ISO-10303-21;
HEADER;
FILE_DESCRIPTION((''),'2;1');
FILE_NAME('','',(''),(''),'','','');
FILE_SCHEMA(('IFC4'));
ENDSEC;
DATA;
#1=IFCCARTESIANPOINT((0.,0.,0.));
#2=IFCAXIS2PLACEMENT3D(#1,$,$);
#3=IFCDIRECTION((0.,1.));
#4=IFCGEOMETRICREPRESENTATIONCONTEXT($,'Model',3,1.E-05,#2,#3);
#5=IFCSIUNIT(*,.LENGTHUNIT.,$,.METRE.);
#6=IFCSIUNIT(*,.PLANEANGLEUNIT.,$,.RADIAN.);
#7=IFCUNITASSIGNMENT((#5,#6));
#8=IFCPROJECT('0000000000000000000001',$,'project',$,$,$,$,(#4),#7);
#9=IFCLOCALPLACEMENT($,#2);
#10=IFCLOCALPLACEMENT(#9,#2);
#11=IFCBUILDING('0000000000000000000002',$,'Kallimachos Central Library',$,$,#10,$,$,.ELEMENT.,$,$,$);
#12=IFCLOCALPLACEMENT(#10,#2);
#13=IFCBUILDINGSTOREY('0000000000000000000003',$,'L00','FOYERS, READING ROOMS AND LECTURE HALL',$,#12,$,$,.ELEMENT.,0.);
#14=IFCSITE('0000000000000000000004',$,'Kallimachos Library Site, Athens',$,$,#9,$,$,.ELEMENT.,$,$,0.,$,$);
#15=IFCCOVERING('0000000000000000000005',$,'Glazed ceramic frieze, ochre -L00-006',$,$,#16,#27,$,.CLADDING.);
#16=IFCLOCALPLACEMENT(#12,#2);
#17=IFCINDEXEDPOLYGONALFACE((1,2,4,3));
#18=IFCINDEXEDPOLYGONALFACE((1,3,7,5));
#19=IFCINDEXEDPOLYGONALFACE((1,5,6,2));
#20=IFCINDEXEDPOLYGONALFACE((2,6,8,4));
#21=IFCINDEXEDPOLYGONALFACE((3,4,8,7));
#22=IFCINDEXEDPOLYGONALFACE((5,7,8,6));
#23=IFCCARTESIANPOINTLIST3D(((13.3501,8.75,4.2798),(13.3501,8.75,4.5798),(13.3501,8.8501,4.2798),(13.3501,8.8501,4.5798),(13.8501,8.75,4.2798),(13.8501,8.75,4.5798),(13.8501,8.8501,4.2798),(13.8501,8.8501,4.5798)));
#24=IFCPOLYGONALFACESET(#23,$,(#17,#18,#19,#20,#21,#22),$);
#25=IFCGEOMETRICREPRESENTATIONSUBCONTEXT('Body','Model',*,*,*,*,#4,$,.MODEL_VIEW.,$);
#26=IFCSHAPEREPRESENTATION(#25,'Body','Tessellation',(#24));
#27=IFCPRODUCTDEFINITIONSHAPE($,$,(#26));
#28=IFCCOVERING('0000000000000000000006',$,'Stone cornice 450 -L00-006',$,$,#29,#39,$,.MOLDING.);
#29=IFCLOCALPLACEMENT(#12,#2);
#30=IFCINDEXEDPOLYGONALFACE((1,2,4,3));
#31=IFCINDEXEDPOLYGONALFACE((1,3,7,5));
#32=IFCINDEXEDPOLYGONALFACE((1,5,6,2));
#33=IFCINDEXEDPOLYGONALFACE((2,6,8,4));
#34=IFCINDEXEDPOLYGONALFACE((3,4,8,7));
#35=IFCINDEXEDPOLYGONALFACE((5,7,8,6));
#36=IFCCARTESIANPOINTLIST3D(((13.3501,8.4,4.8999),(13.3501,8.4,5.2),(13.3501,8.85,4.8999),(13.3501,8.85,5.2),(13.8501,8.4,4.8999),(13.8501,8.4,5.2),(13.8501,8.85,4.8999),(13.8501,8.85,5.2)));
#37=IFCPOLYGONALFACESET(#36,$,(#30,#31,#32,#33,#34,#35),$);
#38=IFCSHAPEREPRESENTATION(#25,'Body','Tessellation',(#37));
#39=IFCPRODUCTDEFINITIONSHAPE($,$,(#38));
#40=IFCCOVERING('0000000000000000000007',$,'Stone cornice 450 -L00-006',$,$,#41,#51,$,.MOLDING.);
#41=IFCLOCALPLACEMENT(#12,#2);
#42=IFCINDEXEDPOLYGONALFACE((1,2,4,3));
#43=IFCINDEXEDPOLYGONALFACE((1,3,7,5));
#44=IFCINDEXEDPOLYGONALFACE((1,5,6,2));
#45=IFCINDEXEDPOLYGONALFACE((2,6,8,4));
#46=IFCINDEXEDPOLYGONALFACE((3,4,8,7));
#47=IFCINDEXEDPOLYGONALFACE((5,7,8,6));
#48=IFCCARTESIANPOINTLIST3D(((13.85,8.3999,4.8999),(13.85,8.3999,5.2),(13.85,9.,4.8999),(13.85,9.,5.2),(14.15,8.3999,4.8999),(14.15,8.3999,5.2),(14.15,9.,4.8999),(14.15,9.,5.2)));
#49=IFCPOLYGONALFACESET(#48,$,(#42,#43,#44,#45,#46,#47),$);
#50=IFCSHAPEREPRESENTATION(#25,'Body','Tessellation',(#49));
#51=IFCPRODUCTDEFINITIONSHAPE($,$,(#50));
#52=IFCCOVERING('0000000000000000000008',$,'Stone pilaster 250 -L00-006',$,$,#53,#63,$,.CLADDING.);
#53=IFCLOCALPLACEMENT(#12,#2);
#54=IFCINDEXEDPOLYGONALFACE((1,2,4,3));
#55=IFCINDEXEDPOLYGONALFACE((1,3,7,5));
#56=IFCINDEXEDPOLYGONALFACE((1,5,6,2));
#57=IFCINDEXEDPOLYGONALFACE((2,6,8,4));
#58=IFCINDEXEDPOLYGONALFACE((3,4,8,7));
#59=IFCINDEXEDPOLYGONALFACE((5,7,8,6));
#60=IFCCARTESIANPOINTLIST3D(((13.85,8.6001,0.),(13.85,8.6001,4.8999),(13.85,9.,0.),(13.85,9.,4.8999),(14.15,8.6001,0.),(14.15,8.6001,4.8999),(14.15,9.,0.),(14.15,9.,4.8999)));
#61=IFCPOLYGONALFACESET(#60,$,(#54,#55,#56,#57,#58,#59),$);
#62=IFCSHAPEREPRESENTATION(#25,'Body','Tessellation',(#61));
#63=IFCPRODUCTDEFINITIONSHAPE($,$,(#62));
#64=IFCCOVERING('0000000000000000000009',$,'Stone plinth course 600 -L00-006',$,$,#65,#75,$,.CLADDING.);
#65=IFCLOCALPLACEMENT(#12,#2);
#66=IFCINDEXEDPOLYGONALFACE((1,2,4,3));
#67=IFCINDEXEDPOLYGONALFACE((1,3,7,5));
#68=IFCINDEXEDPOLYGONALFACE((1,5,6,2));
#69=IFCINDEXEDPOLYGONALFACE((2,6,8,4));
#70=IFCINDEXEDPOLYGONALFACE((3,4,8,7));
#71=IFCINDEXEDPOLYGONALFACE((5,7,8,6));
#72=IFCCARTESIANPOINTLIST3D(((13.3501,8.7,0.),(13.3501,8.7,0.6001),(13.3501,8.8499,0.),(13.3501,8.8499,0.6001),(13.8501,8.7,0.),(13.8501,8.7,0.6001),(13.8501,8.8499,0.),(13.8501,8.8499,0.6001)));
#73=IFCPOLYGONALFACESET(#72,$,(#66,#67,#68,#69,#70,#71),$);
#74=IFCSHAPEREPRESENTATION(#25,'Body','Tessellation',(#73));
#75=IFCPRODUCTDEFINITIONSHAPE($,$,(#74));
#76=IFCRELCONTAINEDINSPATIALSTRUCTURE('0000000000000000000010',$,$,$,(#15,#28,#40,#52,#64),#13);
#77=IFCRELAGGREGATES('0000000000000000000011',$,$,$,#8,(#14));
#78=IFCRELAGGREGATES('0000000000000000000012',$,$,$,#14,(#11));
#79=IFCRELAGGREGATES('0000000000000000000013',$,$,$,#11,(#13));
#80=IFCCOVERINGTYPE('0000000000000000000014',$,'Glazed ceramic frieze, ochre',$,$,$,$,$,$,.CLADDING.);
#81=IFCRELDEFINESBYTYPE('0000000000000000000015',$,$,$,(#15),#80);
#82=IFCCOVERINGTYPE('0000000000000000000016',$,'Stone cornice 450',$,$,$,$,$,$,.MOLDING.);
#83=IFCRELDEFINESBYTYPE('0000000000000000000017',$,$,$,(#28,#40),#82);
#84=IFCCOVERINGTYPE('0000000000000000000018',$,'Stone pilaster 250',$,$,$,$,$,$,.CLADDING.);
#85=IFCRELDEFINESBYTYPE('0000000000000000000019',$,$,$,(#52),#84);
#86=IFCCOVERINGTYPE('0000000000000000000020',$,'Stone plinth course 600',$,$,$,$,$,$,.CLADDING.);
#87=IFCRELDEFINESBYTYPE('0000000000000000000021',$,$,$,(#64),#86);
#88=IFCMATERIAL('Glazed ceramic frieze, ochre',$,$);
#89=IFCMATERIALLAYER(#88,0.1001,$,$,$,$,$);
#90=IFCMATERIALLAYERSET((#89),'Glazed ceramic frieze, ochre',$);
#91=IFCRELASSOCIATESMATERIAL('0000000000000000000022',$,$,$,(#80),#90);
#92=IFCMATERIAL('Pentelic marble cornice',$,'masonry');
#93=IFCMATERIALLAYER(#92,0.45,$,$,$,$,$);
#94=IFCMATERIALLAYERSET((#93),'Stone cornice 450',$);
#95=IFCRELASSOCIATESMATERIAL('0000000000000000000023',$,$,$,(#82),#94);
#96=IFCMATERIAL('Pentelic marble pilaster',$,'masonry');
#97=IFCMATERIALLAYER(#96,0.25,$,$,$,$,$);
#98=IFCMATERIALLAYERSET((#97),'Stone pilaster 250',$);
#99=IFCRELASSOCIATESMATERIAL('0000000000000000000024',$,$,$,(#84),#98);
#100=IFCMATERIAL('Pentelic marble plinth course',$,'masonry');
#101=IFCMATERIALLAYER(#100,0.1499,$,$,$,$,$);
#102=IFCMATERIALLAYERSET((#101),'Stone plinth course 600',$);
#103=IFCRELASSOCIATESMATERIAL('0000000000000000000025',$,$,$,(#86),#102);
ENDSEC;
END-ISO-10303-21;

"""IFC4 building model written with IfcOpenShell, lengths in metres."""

from ifc_helpers import new_model, si_unit, direction, frame, origin, origin_2d, place, context, subcontext, project, spatial, rectangle, extrude, material, layer, layer_set, type_object, element, save


model = new_model("IFC4")

# Units and contexts
model_context = context("Model", 3, precision=1e-05, world=origin(), true_north=direction((0.0, 1.0)))
body_context = subcontext(model_context, "Body", "Model", "MODEL_VIEW")
ifc_project = project(units=[si_unit("LENGTHUNIT", "METRE"), si_unit("PLANEANGLEUNIT", "RADIAN")], contexts=[model_context])

# Site, building, storey
site_placement = place(None, origin())
site = spatial("IfcSite", under=ifc_project, at=site_placement, Name="Kallimachos Library Site, Athens", CompositionType="ELEMENT", RefElevation=0.0)
building_placement = place(site_placement, origin())
building = spatial("IfcBuilding", under=site, at=building_placement, Name="Kallimachos Central Library", CompositionType="ELEMENT")
storey_placement = place(building_placement, origin())
storey = spatial("IfcBuildingStorey", under=building, at=storey_placement, Name="L00", Description="FOYERS, READING ROOMS AND LECTURE HALL", CompositionType="ELEMENT", Elevation=0.0)

# Coverings
ifc_material_1 = material(Name="Glazed ceramic frieze, ochre")
ifc_layer_1 = layer(ifc_material_1, 0.1001)
ifc_layer_set_1 = layer_set([ifc_layer_1], Name="Glazed ceramic frieze, ochre")
covering_type_1 = type_object("IfcCoveringType", Name="Glazed ceramic frieze, ochre", PredefinedType="CLADDING", material=ifc_layer_set_1)
covering_1_placement = place(storey_placement, frame((13.6001, 8.8, 4.2798), z_axis=(0.0, 0.0, 1.0), x_axis=(1.0, 0.0, 0.0)))
element("IfcCovering", 1, at=covering_1_placement, inside=storey, type_object=covering_type_1, Name="Glazed ceramic frieze, ochre -L00-006", PredefinedType="CLADDING", context=body_context, shape_type="SweptSolid", body=[
    extrude(rectangle(XDim=0.5, YDim=0.1001, at=origin_2d()), origin(), (0.0, 0.0, 1.0), 0.3),
])
ifc_material_2 = material(Name="Pentelic marble cornice", Category="masonry")
ifc_layer_2 = layer(ifc_material_2, 0.45)
ifc_layer_set_2 = layer_set([ifc_layer_2], Name="Stone cornice 450")
covering_type_2 = type_object("IfcCoveringType", Name="Stone cornice 450", PredefinedType="MOLDING", material=ifc_layer_set_2)
covering_2_placement = place(storey_placement, frame((13.6001, 8.625, 4.8999), z_axis=(0.0, 0.0, 1.0), x_axis=(1.0, 0.0, 0.0)))
element("IfcCovering", 2, at=covering_2_placement, inside=storey, type_object=covering_type_2, Name="Stone cornice 450 -L00-006", PredefinedType="MOLDING", context=body_context, shape_type="SweptSolid", body=[
    extrude(rectangle(XDim=0.5, YDim=0.45, at=origin_2d()), origin(), (0.0, 0.0, 1.0), 0.3),
])
covering_3_placement = place(storey_placement, frame((14.0, 8.7, 4.8999), z_axis=(0.0, 0.0, 1.0), x_axis=(1.0, 0.0, 0.0)))
element("IfcCovering", 3, at=covering_3_placement, inside=storey, type_object=covering_type_2, Name="Stone cornice 450 -L00-006", PredefinedType="MOLDING", context=body_context, shape_type="SweptSolid", body=[
    extrude(rectangle(XDim=0.3, YDim=0.6001, at=origin_2d()), origin(), (0.0, 0.0, 1.0), 0.3),
])
ifc_material_3 = material(Name="Pentelic marble pilaster", Category="masonry")
ifc_layer_3 = layer(ifc_material_3, 0.25)
ifc_layer_set_3 = layer_set([ifc_layer_3], Name="Stone pilaster 250")
covering_type_3 = type_object("IfcCoveringType", Name="Stone pilaster 250", PredefinedType="CLADDING", material=ifc_layer_set_3)
covering_4_placement = place(storey_placement, frame((14.0, 8.8, 0.0), z_axis=(0.0, 0.0, 1.0), x_axis=(1.0, 0.0, 0.0)))
element("IfcCovering", 4, at=covering_4_placement, inside=storey, type_object=covering_type_3, Name="Stone pilaster 250 -L00-006", PredefinedType="CLADDING", context=body_context, shape_type="SweptSolid", body=[
    extrude(rectangle(XDim=0.3, YDim=0.3999, at=origin_2d()), origin(), (0.0, 0.0, 1.0), 4.8999),
])
ifc_material_4 = material(Name="Pentelic marble plinth course", Category="masonry")
ifc_layer_4 = layer(ifc_material_4, 0.1499)
ifc_layer_set_4 = layer_set([ifc_layer_4], Name="Stone plinth course 600")
covering_type_4 = type_object("IfcCoveringType", Name="Stone plinth course 600", PredefinedType="CLADDING", material=ifc_layer_set_4)
covering_5_placement = place(storey_placement, frame((13.6001, 8.7749, 0.0), z_axis=(0.0, 0.0, 1.0), x_axis=(1.0, 0.0, 0.0)))
element("IfcCovering", 5, at=covering_5_placement, inside=storey, type_object=covering_type_4, Name="Stone plinth course 600 -L00-006", PredefinedType="CLADDING", context=body_context, shape_type="SweptSolid", body=[
    extrude(rectangle(XDim=0.5, YDim=0.1499, at=origin_2d()), origin(), (0.0, 0.0, 1.0), 0.6001),
])

save(model, "model.ifc")
